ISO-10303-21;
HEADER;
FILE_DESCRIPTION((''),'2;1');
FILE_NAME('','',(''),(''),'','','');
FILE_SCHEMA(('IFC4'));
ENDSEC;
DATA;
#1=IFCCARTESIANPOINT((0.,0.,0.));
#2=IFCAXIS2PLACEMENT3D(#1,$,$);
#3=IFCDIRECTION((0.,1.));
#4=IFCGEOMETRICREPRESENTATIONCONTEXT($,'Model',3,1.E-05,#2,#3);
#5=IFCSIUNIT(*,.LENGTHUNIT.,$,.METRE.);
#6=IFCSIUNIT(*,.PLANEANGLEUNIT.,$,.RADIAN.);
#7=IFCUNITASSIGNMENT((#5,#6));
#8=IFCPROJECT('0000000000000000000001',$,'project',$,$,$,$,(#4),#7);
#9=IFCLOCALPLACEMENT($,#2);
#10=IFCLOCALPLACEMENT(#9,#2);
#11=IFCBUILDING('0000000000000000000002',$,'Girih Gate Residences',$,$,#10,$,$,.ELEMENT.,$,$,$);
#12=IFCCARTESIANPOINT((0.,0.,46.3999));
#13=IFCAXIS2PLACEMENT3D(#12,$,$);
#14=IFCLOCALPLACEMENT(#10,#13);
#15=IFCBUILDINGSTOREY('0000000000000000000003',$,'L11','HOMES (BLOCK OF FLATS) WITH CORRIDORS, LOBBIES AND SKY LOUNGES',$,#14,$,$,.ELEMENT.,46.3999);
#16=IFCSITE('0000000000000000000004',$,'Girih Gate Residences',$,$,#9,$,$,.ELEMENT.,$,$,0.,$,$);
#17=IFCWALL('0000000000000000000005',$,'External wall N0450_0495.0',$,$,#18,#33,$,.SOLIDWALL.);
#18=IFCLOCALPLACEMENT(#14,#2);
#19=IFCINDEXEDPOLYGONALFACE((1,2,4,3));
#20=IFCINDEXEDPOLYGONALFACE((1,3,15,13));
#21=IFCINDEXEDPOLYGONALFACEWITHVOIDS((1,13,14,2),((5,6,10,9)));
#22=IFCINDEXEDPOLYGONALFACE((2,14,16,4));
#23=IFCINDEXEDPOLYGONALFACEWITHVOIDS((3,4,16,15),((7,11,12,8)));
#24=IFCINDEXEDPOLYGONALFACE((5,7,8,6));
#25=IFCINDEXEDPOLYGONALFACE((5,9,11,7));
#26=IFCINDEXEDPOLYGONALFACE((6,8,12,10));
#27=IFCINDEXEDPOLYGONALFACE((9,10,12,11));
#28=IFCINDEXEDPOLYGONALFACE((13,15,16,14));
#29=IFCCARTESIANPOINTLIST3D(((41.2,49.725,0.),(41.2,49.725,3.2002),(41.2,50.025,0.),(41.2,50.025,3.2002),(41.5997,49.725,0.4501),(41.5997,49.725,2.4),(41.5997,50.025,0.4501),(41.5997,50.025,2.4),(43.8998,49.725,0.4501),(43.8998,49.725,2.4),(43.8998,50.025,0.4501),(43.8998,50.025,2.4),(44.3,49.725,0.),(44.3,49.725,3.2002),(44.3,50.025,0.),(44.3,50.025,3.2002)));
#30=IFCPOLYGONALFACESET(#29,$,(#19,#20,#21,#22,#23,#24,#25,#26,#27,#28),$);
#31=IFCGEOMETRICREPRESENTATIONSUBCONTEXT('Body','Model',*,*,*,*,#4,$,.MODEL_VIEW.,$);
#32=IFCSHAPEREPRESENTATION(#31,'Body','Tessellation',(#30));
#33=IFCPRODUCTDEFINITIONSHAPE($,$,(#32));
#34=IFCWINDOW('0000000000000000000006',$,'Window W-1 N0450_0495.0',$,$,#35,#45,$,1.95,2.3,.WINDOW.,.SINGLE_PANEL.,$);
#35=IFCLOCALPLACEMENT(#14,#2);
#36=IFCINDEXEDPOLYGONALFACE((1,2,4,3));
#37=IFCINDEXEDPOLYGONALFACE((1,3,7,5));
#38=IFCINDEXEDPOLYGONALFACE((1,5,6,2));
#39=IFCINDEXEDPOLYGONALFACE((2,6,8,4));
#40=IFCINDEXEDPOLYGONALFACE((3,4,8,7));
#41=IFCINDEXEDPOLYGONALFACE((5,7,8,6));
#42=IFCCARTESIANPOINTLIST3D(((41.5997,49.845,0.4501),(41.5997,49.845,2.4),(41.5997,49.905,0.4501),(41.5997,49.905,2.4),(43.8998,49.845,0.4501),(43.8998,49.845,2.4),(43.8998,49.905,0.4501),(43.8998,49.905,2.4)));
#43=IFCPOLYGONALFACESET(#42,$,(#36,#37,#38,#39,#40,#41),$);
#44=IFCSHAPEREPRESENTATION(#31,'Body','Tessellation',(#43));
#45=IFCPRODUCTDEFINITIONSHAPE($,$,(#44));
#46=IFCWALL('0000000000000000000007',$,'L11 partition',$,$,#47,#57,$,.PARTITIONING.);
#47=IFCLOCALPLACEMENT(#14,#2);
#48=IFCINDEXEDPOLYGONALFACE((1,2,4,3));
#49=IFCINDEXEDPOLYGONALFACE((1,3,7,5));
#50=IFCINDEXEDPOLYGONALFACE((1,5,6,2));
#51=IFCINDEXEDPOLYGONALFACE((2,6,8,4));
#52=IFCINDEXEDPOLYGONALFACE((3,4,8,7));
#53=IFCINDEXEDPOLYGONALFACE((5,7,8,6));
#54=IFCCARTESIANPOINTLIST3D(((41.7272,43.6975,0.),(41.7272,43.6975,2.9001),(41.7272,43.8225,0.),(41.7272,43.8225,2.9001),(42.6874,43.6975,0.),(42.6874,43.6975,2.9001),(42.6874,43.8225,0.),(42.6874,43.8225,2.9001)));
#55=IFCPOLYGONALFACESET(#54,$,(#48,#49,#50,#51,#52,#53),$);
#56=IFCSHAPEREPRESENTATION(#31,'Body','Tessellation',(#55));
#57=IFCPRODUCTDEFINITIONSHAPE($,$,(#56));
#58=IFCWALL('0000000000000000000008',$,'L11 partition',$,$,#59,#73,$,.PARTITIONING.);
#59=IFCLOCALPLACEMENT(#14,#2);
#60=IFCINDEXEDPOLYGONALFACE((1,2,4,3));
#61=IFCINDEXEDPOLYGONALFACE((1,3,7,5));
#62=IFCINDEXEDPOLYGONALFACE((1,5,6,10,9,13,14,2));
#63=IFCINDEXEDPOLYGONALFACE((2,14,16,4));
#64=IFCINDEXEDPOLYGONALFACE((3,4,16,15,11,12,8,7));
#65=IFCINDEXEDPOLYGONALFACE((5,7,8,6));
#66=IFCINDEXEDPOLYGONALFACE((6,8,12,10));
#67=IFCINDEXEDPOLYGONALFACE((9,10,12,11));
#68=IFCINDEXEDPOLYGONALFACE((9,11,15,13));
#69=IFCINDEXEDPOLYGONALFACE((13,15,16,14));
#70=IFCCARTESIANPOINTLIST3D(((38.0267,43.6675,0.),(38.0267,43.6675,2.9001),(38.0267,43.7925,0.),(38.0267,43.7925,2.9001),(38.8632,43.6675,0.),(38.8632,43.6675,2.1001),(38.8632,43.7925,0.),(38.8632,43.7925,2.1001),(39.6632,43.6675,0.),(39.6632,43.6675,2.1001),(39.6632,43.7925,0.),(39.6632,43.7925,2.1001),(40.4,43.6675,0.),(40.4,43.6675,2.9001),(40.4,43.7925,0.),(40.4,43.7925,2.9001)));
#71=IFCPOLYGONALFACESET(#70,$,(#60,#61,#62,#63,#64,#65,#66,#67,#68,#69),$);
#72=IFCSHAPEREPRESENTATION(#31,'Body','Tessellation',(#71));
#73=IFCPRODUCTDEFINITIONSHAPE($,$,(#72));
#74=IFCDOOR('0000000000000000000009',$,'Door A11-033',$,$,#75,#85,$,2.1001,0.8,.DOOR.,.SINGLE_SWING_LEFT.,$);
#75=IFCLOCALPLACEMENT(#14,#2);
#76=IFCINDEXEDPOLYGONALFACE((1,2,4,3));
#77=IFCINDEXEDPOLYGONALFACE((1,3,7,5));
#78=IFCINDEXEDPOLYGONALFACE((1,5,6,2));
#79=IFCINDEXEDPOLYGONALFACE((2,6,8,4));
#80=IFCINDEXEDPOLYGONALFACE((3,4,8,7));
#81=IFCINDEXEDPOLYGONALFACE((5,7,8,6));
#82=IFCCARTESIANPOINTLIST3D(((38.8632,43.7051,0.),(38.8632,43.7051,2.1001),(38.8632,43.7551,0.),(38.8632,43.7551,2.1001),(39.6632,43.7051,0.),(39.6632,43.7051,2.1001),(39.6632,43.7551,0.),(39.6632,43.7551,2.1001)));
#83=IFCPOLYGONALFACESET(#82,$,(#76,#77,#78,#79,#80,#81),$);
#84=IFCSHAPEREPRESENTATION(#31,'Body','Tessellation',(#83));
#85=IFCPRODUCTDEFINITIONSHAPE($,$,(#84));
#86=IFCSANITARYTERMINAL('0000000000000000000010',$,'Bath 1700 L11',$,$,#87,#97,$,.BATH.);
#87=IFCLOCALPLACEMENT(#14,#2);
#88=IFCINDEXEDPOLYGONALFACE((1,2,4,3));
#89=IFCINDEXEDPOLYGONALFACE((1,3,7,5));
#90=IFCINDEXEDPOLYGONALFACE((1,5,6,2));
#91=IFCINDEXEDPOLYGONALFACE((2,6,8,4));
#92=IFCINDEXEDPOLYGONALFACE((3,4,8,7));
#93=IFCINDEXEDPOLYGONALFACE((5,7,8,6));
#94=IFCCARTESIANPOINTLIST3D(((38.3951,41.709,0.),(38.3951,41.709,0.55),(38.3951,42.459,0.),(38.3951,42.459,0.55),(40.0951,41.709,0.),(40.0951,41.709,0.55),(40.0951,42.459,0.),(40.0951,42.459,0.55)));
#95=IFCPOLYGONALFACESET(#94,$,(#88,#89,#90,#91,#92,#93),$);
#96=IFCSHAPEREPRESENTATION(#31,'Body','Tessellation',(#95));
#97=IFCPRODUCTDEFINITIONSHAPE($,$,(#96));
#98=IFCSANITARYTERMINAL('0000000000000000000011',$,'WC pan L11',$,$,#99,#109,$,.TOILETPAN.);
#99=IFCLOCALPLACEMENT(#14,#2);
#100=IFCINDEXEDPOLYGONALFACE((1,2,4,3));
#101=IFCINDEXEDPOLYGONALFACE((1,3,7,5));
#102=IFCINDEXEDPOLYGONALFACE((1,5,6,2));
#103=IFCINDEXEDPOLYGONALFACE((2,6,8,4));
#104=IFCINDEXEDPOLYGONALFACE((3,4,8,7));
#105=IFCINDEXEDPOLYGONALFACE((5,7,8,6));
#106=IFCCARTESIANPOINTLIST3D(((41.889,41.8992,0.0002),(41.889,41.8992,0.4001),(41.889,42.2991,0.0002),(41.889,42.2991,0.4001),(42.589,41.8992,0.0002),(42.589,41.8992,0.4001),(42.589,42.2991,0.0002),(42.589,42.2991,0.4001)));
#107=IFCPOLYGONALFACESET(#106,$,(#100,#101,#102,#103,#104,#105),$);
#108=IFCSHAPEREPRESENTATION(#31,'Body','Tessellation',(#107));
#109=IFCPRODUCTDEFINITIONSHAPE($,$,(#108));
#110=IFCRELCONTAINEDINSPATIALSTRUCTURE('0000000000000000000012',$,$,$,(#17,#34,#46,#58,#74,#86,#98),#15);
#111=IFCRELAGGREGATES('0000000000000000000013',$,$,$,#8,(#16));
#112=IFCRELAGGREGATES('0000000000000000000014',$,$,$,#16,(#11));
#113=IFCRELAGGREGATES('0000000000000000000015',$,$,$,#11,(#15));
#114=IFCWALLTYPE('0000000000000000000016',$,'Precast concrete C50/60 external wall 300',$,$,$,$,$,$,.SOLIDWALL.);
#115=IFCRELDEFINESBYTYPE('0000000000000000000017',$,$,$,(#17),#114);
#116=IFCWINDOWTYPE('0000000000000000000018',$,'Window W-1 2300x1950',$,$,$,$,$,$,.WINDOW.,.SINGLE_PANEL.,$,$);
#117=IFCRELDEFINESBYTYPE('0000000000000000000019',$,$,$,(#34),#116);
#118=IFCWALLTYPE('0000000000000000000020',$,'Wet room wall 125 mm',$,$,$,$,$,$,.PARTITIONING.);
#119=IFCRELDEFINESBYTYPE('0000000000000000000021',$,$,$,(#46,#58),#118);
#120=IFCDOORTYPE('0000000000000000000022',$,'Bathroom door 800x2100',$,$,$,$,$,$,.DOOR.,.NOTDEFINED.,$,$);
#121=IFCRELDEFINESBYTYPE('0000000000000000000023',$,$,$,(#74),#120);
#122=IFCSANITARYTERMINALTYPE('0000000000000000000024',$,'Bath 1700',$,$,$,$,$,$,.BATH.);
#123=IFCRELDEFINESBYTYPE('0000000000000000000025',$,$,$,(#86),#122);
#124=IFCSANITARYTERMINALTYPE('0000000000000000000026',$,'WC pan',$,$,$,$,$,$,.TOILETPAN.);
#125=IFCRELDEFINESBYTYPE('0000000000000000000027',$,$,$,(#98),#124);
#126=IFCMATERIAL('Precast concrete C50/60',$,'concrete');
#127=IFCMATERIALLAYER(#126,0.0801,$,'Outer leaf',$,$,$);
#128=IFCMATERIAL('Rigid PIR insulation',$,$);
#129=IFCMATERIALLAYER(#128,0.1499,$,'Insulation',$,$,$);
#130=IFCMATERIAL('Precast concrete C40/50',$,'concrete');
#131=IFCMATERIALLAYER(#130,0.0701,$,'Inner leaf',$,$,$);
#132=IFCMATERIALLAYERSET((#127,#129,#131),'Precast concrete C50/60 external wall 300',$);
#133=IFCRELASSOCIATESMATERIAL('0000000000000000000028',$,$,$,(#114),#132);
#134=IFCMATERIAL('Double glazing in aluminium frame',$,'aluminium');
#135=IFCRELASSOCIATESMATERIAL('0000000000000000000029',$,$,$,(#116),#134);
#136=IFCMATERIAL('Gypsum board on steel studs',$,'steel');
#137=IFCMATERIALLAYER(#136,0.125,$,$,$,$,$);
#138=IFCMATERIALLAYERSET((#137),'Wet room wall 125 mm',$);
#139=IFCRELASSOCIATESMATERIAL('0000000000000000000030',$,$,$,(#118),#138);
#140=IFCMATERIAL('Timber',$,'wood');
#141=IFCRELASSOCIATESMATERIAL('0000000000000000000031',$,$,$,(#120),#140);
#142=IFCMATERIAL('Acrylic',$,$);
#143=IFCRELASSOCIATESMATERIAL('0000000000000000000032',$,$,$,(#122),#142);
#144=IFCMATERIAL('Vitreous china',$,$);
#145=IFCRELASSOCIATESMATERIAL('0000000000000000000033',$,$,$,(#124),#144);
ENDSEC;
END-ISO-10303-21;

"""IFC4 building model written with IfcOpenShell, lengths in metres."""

from ifc_helpers import new_model, si_unit, direction, frame, frame_2d, origin, origin_2d, place, context, subcontext, project, spatial, rectangle, extrude, material, layer, layer_set, type_object, element, fill, save


model = new_model("IFC4")

# Units and contexts
model_context = context("Model", 3, precision=1e-05, world=origin(), true_north=direction((0.0, 1.0)))
body_context = subcontext(model_context, "Body", "Model", "MODEL_VIEW")
ifc_project = project(units=[si_unit("LENGTHUNIT", "METRE"), si_unit("PLANEANGLEUNIT", "RADIAN")], contexts=[model_context])

# Site, building, storey
site_placement = place(None, origin())
site = spatial("IfcSite", under=ifc_project, at=site_placement, Name="Girih Gate Residences", CompositionType="ELEMENT", RefElevation=0.0)
building_placement = place(site_placement, origin())
building = spatial("IfcBuilding", under=site, at=building_placement, Name="Girih Gate Residences", CompositionType="ELEMENT")
storey_placement = place(building_placement, frame((0.0, 0.0, 46.3999)))
storey = spatial("IfcBuildingStorey", under=building, at=storey_placement, Name="L11", Description="HOMES (BLOCK OF FLATS) WITH CORRIDORS, LOBBIES AND SKY LOUNGES", CompositionType="ELEMENT", Elevation=46.3999)

# Shared definitions
ifc_material_1 = material(Name="Gypsum board on steel studs", Category="steel")
ifc_material_2 = material(Name="Timber", Category="wood")

# Wall, opening, window
ifc_material_3 = material(Name="Precast concrete C50/60", Category="concrete")
ifc_layer_1 = layer(ifc_material_3, 0.0801, Name="Outer leaf")
ifc_material_4 = material(Name="Rigid PIR insulation")
ifc_layer_2 = layer(ifc_material_4, 0.1499, Name="Insulation")
ifc_material_5 = material(Name="Precast concrete C40/50", Category="concrete")
ifc_layer_3 = layer(ifc_material_5, 0.0701, Name="Inner leaf")
ifc_layer_set_1 = layer_set([ifc_layer_1, ifc_layer_2, ifc_layer_3], Name="Precast concrete C50/60 external wall 300")
wall_type_1 = type_object("IfcWallType", Name="Precast concrete C50/60 external wall 300", PredefinedType="SOLIDWALL", material=ifc_layer_set_1)
wall_1_placement = place(storey_placement, frame((41.2, 49.875, 0.0), z_axis=(0.0, 0.0, 1.0), x_axis=(1.0, 0.0, 0.0)))
wall_1 = element("IfcWall", 1, at=wall_1_placement, inside=storey, type_object=wall_type_1, Name="External wall N0450_0495.0", PredefinedType="SOLIDWALL", context=body_context, shape_type="SweptSolid", body=[
    extrude(rectangle(XDim=3.1001, YDim=0.3, at=frame_2d((1.55, 0.0))), origin(), (0.0, 0.0, 1.0), 3.2002),
])
opening_1_placement = place(wall_1_placement, frame((0.3999, 0.0, 0.45)))
opening_1 = element("IfcOpeningElement", 2, at=opening_1_placement, cuts=wall_1, PredefinedType="OPENING", context=body_context, shape_type="SweptSolid", body=[
    extrude(rectangle(XDim=2.3, YDim=1.95, at=frame_2d((1.1499, 0.9751))), frame((0.0, 0.1599, 0.0), z_axis=(0.0, -1.0, 0.0), x_axis=(1.0, 0.0, 0.0)), (0.0, 0.0, 1.0), 0.3201),
])
ifc_material_6 = material(Name="Double glazing in aluminium frame", Category="aluminium")
window_type = type_object("IfcWindowType", Name="Window W-1 2300x1950", PartitioningType="SINGLE_PANEL", PredefinedType="WINDOW", material=ifc_material_6)
window_placement = place(opening_1_placement, origin())
window = element("IfcWindow", 3, at=window_placement, inside=storey, type_object=window_type, Name="Window W-1 N0450_0495.0", OverallHeight=1.95, OverallWidth=2.3, PartitioningType="SINGLE_PANEL", PredefinedType="WINDOW", context=body_context, shape_type="SweptSolid", body=[
    extrude(rectangle(XDim=2.3, YDim=1.95, at=frame_2d((1.1499, 0.9751))), frame((0.0, 0.03, 0.0), z_axis=(0.0, -1.0, 0.0), x_axis=(1.0, 0.0, 0.0)), (0.0, 0.0, 1.0), 0.0601),
])
fill(opening_1, window)

# Wall
ifc_layer_4 = layer(ifc_material_1, 0.125)
ifc_layer_set_2 = layer_set([ifc_layer_4], Name="Wet room wall 125 mm")
wall_type_2 = type_object("IfcWallType", Name="Wet room wall 125 mm", PredefinedType="PARTITIONING", material=ifc_layer_set_2)
wall_2_placement = place(storey_placement, frame((41.7273, 43.76, 0.0), z_axis=(0.0, 0.0, 1.0), x_axis=(1.0, 0.0, 0.0)))
element("IfcWall", 4, at=wall_2_placement, inside=storey, type_object=wall_type_2, Name="L11 partition", PredefinedType="PARTITIONING", context=body_context, shape_type="SweptSolid", body=[
    extrude(rectangle(XDim=0.9602, YDim=0.125, at=frame_2d((0.48, 0.0))), origin(), (0.0, 0.0, 1.0), 2.9001),
])

# Wall, opening, door
wall_3_placement = place(storey_placement, frame((40.3999, 43.73, 0.0), z_axis=(0.0, 0.0, 1.0), x_axis=(-1.0, 0.0, 0.0)))
wall_3 = element("IfcWall", 5, at=wall_3_placement, inside=storey, type_object=wall_type_2, Name="L11 partition", PredefinedType="PARTITIONING", context=body_context, shape_type="SweptSolid", body=[
    extrude(rectangle(XDim=2.3733, YDim=0.125, at=frame_2d((1.1865, 0.0))), origin(), (0.0, 0.0, 1.0), 2.9001),
])
opening_2_placement = place(wall_3_placement, frame((0.7368, 0.0, 0.0)))
opening_2 = element("IfcOpeningElement", 6, at=opening_2_placement, cuts=wall_3, PredefinedType="OPENING", context=body_context, shape_type="SweptSolid", body=[
    extrude(rectangle(XDim=0.8, YDim=2.1001, at=frame_2d((0.3999, 1.05))), frame((0.0, 0.0725, 0.0), z_axis=(0.0, -1.0, 0.0), x_axis=(1.0, 0.0, 0.0)), (0.0, 0.0, 1.0), 0.145),
])
door_type_1 = type_object("IfcDoorType", Name="Bathroom door 800x2100", OperationType="NOTDEFINED", PredefinedType="DOOR", material=ifc_material_2)
door_1_placement = place(opening_2_placement, origin())
door_1 = element("IfcDoor", 7, at=door_1_placement, inside=storey, type_object=door_type_1, Name="Door A11-033", OperationType="SINGLE_SWING_LEFT", OverallHeight=2.1001, OverallWidth=0.8, PredefinedType="DOOR", context=body_context, shape_type="SweptSolid", body=[
    extrude(rectangle(XDim=0.8, YDim=2.1001, at=frame_2d((0.3999, 1.05))), frame((0.0, 0.0249, 0.0), z_axis=(0.0, -1.0, 0.0), x_axis=(1.0, 0.0, 0.0)), (0.0, 0.0, 1.0), 0.05),
])
fill(opening_2, door_1)

# Sanitary terminals
ifc_material_7 = material(Name="Acrylic")
sanitary_terminal_type_1 = type_object("IfcSanitaryTerminalType", Name="Bath 1700", PredefinedType="BATH", material=ifc_material_7)
sanitary_terminal_1_placement = place(storey_placement, frame((39.2451, 42.084, 0.0), z_axis=(0.0, 0.0, 1.0), x_axis=(1.0, 0.0, 0.0)))
element("IfcSanitaryTerminal", 8, at=sanitary_terminal_1_placement, inside=storey, type_object=sanitary_terminal_type_1, Name="Bath 1700 L11", PredefinedType="BATH", context=body_context, shape_type="SweptSolid", body=[
    extrude(rectangle(XDim=1.7, YDim=0.75, at=origin_2d()), origin(), (0.0, 0.0, 1.0), 0.55),
])
ifc_material_8 = material(Name="Vitreous china")
sanitary_terminal_type_2 = type_object("IfcSanitaryTerminalType", Name="WC pan", PredefinedType="TOILETPAN", material=ifc_material_8)
sanitary_terminal_2_placement = place(storey_placement, frame((42.239, 42.0991, 0.0002), z_axis=(0.0, 0.0, 1.0), x_axis=(1.0, 0.0, 0.0)))
element("IfcSanitaryTerminal", 9, at=sanitary_terminal_2_placement, inside=storey, type_object=sanitary_terminal_type_2, Name="WC pan L11", PredefinedType="TOILETPAN", context=body_context, shape_type="SweptSolid", body=[
    extrude(rectangle(XDim=0.7, YDim=0.3999, at=origin_2d()), origin(), (0.0, 0.0, 1.0), 0.3999),
])

save(model, "model.ifc")
